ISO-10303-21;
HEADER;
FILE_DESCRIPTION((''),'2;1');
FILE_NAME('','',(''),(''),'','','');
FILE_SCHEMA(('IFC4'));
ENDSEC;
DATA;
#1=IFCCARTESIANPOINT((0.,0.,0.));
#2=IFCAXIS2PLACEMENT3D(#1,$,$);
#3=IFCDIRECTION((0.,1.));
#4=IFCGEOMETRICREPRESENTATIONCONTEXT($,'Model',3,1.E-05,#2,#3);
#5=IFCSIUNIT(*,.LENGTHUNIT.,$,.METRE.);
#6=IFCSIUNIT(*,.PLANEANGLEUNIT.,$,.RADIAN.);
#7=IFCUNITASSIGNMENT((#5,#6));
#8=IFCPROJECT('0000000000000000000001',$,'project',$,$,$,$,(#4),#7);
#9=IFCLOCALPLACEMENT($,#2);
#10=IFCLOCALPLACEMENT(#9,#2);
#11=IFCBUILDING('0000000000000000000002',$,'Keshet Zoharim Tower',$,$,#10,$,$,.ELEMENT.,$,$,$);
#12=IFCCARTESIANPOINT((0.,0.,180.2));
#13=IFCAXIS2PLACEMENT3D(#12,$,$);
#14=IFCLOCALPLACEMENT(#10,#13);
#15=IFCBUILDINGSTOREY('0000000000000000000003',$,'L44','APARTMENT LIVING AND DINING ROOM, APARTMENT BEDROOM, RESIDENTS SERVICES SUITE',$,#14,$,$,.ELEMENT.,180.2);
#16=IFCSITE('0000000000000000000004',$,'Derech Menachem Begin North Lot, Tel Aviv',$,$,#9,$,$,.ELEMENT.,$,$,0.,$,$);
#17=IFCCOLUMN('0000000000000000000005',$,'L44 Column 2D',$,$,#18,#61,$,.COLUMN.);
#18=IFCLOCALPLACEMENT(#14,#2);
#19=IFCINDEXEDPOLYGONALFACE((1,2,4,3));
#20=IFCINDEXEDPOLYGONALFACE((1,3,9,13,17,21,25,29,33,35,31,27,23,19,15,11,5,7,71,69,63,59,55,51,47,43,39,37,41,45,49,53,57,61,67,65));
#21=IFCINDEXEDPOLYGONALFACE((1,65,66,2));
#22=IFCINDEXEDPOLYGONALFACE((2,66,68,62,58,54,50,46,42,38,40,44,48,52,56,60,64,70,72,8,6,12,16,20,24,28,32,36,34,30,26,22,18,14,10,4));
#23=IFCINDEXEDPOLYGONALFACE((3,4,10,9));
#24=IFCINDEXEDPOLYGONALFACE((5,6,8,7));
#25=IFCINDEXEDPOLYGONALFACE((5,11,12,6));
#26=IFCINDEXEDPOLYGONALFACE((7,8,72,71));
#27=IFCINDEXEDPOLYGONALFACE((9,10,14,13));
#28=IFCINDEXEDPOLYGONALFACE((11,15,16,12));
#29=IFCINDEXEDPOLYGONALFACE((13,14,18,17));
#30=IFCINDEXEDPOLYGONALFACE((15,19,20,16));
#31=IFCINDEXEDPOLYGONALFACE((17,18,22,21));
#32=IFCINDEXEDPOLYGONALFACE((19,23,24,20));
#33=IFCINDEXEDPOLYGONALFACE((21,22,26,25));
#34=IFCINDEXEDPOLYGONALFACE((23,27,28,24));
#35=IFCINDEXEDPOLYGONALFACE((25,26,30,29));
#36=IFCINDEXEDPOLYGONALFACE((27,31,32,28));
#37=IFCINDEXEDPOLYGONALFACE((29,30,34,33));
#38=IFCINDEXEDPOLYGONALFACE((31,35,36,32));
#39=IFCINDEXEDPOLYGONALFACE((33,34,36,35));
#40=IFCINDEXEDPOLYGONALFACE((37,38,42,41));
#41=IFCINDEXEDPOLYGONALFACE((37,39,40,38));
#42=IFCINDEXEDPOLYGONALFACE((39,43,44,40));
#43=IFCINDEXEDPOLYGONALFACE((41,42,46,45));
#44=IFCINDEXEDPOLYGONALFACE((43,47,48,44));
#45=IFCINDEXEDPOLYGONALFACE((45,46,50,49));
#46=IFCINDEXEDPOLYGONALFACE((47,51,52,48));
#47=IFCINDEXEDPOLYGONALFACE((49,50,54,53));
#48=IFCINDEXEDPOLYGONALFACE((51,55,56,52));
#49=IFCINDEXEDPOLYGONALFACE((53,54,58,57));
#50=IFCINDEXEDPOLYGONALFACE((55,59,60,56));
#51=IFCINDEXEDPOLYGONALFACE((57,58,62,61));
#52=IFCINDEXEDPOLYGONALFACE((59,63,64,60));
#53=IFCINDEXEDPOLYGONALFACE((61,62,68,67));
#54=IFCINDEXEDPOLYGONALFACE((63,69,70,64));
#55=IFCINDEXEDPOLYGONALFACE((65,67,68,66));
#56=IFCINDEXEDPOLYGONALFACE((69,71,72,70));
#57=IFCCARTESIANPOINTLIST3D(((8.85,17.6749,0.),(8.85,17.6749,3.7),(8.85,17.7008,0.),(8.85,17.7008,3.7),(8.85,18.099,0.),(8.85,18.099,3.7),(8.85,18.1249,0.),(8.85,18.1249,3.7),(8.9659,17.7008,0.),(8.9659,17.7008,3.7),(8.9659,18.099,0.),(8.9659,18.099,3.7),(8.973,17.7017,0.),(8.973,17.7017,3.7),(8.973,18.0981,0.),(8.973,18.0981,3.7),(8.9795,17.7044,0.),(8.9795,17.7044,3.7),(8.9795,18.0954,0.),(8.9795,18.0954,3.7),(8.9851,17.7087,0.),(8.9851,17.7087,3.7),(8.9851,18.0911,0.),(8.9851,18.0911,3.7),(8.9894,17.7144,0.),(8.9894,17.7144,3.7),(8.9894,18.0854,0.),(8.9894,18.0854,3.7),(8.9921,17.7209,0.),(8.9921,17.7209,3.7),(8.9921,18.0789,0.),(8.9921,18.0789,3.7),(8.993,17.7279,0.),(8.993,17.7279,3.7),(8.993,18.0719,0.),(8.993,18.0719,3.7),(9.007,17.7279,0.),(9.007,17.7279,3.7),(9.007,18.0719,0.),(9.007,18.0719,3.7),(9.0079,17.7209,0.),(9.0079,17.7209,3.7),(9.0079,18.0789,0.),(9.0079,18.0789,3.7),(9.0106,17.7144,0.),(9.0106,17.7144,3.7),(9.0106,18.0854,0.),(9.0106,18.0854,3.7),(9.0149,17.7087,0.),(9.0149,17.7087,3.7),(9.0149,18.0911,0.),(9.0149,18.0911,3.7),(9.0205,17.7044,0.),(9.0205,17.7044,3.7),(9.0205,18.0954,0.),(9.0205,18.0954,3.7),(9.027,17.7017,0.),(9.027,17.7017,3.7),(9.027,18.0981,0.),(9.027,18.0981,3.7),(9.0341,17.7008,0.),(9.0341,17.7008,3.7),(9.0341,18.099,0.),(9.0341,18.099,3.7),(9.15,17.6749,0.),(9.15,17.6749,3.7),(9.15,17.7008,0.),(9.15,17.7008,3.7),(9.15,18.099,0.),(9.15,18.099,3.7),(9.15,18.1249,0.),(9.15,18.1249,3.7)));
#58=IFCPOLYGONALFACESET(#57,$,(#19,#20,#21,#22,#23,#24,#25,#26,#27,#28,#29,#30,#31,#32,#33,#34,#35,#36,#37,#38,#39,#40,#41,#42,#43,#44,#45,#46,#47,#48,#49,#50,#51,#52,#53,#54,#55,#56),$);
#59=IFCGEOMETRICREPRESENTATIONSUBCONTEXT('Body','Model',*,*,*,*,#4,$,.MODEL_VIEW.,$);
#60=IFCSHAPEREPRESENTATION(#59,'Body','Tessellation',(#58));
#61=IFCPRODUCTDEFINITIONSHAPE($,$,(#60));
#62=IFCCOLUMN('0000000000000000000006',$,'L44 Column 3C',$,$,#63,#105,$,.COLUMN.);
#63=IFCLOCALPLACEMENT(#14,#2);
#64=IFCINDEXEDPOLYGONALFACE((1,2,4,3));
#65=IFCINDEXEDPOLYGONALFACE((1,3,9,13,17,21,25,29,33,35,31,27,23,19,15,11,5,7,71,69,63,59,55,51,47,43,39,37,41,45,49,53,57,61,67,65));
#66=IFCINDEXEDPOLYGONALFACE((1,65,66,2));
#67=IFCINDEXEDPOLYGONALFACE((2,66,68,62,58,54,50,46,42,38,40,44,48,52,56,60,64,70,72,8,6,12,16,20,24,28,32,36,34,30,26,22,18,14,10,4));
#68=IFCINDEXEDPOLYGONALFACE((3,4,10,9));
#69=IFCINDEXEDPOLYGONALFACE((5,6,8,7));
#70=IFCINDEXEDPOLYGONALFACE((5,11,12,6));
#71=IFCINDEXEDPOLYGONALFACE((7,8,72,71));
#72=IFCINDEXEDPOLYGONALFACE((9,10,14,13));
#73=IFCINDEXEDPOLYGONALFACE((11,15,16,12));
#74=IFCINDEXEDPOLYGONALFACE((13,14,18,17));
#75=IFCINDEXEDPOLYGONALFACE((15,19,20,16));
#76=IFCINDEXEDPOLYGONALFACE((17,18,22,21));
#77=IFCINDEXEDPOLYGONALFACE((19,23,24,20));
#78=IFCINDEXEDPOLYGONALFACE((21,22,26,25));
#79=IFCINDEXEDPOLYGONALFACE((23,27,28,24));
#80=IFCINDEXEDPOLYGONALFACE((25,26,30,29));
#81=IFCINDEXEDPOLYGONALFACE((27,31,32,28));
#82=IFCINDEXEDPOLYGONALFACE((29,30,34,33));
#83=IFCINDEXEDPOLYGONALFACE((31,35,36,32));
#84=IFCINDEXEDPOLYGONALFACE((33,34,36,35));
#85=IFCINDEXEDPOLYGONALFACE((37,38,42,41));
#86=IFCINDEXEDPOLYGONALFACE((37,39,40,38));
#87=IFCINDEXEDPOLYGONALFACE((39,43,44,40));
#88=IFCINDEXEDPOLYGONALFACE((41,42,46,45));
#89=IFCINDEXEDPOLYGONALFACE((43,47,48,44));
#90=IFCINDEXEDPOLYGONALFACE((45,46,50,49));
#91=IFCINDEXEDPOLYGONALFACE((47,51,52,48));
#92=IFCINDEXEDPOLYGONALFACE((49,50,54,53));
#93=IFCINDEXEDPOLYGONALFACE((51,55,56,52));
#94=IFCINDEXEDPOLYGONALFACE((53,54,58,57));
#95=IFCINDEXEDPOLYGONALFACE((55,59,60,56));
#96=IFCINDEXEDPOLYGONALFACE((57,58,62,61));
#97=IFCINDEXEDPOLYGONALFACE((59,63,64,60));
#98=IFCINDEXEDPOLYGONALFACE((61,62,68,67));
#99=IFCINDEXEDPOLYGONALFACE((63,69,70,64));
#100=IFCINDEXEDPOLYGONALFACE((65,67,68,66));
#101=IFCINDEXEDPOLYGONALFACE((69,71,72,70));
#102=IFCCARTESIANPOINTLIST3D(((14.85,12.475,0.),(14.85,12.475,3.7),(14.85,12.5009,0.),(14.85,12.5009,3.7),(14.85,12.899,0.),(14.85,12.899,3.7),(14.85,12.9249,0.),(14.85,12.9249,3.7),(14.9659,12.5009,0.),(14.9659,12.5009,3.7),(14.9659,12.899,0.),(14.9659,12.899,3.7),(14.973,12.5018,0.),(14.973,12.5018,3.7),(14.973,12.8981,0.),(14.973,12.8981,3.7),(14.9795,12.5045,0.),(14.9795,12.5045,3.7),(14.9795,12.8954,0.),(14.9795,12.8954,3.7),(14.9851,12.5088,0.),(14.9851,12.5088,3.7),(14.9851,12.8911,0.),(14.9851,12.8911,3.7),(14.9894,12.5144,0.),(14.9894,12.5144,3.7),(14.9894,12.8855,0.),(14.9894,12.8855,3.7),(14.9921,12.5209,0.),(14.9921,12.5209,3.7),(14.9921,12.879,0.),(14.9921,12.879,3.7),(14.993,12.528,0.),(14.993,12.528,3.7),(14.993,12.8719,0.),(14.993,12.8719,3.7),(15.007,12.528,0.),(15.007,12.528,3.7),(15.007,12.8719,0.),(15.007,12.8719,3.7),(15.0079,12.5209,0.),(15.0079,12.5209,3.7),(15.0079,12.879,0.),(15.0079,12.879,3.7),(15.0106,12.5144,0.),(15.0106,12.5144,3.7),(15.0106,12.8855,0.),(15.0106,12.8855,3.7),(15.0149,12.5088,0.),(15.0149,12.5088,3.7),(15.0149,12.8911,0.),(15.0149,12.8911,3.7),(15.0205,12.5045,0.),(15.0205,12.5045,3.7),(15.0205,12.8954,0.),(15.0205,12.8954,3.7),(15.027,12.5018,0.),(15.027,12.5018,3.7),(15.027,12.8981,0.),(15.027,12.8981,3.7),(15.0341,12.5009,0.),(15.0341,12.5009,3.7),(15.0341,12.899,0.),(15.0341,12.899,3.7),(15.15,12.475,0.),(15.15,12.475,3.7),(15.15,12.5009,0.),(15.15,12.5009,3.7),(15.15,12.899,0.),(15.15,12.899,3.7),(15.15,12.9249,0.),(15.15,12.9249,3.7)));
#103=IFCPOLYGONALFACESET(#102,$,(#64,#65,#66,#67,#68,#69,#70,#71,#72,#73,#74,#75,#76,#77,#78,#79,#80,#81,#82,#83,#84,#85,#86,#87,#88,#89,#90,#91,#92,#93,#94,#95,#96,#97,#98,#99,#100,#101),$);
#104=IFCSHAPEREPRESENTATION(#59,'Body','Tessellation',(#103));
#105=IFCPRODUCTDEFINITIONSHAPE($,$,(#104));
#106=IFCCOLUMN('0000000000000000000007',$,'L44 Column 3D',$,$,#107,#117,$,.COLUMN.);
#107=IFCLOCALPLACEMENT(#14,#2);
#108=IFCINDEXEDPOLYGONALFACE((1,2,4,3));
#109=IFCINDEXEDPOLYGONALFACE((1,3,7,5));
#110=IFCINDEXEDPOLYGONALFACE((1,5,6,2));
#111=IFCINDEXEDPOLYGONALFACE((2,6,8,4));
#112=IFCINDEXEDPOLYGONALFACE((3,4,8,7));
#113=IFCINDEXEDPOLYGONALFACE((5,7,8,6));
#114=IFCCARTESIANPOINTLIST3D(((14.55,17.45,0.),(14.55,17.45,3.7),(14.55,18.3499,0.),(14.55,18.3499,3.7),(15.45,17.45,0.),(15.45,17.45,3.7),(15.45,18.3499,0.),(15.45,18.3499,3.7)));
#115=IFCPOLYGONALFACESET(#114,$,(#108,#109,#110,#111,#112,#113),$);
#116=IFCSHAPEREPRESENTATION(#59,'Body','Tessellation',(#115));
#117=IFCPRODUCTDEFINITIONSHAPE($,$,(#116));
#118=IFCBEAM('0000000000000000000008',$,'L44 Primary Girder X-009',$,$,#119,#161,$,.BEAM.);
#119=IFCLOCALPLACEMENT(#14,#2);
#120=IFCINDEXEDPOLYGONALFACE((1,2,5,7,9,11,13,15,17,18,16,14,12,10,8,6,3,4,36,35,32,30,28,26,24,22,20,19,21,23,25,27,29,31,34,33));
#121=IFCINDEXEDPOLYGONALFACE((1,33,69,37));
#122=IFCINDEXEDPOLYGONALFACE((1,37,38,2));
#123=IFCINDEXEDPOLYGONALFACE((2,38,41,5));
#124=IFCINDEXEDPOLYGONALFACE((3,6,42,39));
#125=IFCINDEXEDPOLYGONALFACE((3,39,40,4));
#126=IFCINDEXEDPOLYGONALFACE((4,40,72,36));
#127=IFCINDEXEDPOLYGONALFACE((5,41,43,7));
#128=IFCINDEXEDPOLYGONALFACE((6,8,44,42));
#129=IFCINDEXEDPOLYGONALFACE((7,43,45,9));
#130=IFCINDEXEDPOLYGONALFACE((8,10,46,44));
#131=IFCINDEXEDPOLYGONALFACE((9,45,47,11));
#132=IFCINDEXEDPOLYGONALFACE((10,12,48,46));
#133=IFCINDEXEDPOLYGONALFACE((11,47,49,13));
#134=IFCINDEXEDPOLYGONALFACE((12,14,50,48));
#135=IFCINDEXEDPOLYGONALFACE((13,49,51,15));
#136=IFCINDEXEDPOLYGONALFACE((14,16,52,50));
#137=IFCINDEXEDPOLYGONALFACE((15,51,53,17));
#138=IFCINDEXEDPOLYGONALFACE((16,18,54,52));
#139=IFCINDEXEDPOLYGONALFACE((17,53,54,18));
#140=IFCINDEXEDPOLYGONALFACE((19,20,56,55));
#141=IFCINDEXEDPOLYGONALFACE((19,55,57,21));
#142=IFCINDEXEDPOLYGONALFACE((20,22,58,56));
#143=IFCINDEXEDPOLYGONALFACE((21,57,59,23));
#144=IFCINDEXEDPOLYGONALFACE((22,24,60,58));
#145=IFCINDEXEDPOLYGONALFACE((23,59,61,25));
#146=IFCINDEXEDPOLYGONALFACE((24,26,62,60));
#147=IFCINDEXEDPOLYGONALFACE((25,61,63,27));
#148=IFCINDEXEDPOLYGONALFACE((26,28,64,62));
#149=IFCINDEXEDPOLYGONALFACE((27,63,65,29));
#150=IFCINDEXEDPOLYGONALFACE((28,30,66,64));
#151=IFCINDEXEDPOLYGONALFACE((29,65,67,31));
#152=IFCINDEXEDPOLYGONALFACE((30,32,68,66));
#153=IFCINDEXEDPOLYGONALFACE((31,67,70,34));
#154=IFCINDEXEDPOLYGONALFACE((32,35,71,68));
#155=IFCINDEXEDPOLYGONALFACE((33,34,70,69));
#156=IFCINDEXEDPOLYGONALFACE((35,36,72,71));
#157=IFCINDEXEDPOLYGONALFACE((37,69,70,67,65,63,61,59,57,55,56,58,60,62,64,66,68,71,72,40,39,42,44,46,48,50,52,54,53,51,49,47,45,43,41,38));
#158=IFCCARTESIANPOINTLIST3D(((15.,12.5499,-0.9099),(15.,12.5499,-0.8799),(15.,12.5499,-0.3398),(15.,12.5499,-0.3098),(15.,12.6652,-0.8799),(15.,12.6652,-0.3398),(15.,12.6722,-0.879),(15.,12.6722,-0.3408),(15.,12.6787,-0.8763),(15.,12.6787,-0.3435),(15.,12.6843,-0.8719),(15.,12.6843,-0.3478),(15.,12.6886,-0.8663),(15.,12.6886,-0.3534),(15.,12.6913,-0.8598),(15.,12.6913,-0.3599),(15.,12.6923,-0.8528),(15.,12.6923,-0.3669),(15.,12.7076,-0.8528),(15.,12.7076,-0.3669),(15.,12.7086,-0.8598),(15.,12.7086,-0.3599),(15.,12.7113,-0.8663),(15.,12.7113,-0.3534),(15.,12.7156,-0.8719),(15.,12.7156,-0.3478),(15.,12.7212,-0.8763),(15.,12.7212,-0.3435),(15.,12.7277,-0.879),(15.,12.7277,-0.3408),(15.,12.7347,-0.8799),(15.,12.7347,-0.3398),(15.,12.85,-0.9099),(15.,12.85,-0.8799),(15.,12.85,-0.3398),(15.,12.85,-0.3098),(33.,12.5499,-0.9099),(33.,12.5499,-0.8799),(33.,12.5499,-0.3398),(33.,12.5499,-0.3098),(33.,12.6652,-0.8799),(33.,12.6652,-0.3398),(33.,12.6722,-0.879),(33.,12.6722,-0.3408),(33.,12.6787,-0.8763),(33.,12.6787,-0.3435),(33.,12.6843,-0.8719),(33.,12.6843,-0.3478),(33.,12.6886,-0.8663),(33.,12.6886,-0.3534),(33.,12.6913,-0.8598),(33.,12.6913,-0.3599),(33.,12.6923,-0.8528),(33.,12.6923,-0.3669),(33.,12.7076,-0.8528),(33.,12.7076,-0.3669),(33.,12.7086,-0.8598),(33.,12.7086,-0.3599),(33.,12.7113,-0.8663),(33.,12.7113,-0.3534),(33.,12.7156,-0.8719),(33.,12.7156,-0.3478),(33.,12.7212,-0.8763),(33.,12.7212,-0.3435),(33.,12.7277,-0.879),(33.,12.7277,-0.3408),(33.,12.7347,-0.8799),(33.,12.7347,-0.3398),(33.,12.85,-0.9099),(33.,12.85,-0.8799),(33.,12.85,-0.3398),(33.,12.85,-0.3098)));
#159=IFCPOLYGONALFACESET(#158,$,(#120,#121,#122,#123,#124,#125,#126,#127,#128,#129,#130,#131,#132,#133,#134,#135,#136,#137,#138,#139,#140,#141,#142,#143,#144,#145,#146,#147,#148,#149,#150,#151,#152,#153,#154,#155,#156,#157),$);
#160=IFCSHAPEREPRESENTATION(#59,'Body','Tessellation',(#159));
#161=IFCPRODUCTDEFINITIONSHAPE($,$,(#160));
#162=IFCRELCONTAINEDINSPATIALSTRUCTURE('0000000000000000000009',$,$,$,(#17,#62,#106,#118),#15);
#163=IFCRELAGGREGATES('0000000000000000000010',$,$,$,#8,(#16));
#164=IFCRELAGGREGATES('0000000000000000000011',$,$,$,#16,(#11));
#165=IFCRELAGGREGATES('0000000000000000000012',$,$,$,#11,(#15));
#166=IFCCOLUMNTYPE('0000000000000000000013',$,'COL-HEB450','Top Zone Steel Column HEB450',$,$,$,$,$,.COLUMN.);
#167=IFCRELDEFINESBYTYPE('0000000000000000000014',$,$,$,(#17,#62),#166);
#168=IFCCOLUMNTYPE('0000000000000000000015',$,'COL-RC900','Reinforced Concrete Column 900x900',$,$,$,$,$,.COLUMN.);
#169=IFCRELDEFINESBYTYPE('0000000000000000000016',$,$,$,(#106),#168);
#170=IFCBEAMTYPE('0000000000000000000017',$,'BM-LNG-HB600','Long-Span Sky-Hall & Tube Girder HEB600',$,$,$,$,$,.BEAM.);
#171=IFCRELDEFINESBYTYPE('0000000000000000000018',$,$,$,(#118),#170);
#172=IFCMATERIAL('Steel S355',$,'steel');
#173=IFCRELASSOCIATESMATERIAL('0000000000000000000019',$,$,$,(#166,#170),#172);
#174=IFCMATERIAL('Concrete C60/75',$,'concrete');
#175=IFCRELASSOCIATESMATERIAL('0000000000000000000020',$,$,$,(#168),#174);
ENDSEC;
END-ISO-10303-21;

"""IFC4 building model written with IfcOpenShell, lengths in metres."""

from ifc_helpers import new_model, si_unit, direction, frame, origin, origin_2d, place, context, subcontext, project, spatial, rectangle, i_section, extrude, material, material_profile, profile_set, type_object, element, save


model = new_model("IFC4")

# Units and contexts
model_context = context("Model", 3, precision=1e-05, world=origin(), true_north=direction((0.0, 1.0)))
body_context = subcontext(model_context, "Body", "Model", "MODEL_VIEW")
ifc_project = project(units=[si_unit("LENGTHUNIT", "METRE"), si_unit("PLANEANGLEUNIT", "RADIAN")], contexts=[model_context])

# Site, building, storey
site_placement = place(None, origin())
site = spatial("IfcSite", under=ifc_project, at=site_placement, Name="Derech Menachem Begin North Lot, Tel Aviv", CompositionType="ELEMENT", RefElevation=0.0)
building_placement = place(site_placement, origin())
building = spatial("IfcBuilding", under=site, at=building_placement, Name="Keshet Zoharim Tower", CompositionType="ELEMENT")
storey_placement = place(building_placement, frame((0.0, 0.0, 180.2)))
storey = spatial("IfcBuildingStorey", under=building, at=storey_placement, Name="L44", Description="APARTMENT LIVING AND DINING ROOM, APARTMENT BEDROOM, RESIDENTS SERVICES SUITE", CompositionType="ELEMENT", Elevation=180.2)

# Columns
ifc_material_1 = material(Name="Steel S355", Category="steel")
ifc_material_profile_1 = material_profile(ifc_material_1, i_section(OverallWidth=0.3, OverallDepth=0.45, WebThickness=0.0139, FlangeThickness=0.0259, FilletRadius=0.0271, at=origin_2d()), Name="HEB450")
ifc_profile_set_1 = profile_set([ifc_material_profile_1], Name="Steel S355")
column_type_1 = type_object("IfcColumnType", Name="COL-HEB450", Description="Top Zone Steel Column HEB450", PredefinedType="COLUMN", material=ifc_profile_set_1)
for number, where, z_axis, x_axis, name in (
    (1, (9.0, 17.8999, 0.0), (0.0, 0.0, 1.0), (1.0, 0.0, 0.0), "L44 Column 2D"),
    (2, (15.0, 12.7, 0.0), (0.0, 0.0, 1.0), (1.0, 0.0, 0.0), "L44 Column 3C"),
):
    element("IfcColumn", number, at=place(storey_placement, frame(where, z_axis=z_axis, x_axis=x_axis)), inside=storey, type_object=column_type_1, Name=name, PredefinedType="COLUMN", context=body_context, shape_type="SweptSolid", body=[
        extrude(i_section(OverallWidth=0.3, OverallDepth=0.45, WebThickness=0.0139, FlangeThickness=0.0259, FilletRadius=0.0271, at=origin_2d()), origin(), (0.0, 0.0, 1.0), 3.7),
    ])
ifc_material_2 = material(Name="Concrete C60/75", Category="concrete")
ifc_material_profile_2 = material_profile(ifc_material_2, rectangle(XDim=0.8999, YDim=0.8999, at=origin_2d()), Name="RC900x900")
ifc_profile_set_2 = profile_set([ifc_material_profile_2], Name="Concrete C60/75")
column_type_2 = type_object("IfcColumnType", Name="COL-RC900", Description="Reinforced Concrete Column 900x900", PredefinedType="COLUMN", material=ifc_profile_set_2)
column_placement = place(storey_placement, frame((15.0, 17.8999, 0.0), z_axis=(0.0, 0.0, 1.0), x_axis=(1.0, 0.0, 0.0)))
element("IfcColumn", 3, at=column_placement, inside=storey, type_object=column_type_2, Name="L44 Column 3D", PredefinedType="COLUMN", context=body_context, shape_type="SweptSolid", body=[
    extrude(rectangle(XDim=0.8999, YDim=0.8999, at=origin_2d()), origin(), (0.0, 0.0, 1.0), 3.7),
])

# Beam
ifc_material_profile_3 = material_profile(ifc_material_1, i_section(OverallWidth=0.3, OverallDepth=0.6001, WebThickness=0.0154, FlangeThickness=0.03, FilletRadius=0.0271, at=origin_2d()), Name="HEB600")
ifc_profile_set_3 = profile_set([ifc_material_profile_3], Name="Steel S355")
beam_type_1 = type_object("IfcBeamType", Name="BM-LNG-HB600", Description="Long-Span Sky-Hall & Tube Girder HEB600", PredefinedType="BEAM", material=ifc_profile_set_3)
for number, where, z_axis, x_axis, name in (
    (4, (15.0, 12.7, -0.6099), (1.0, 0.0, 0.0), (0.0, 1.0, 0.0), "L44 Primary Girder X-009"),
):
    element("IfcBeam", number, at=place(storey_placement, frame(where, z_axis=z_axis, x_axis=x_axis)), inside=storey, type_object=beam_type_1, Name=name, PredefinedType="BEAM", context=body_context, shape_type="SweptSolid", body=[
        extrude(i_section(OverallWidth=0.3, OverallDepth=0.6001, WebThickness=0.0154, FlangeThickness=0.03, FilletRadius=0.0271, at=origin_2d()), origin(), (0.0, 0.0, 1.0), 18.0),
    ])

save(model, "model.ifc")
